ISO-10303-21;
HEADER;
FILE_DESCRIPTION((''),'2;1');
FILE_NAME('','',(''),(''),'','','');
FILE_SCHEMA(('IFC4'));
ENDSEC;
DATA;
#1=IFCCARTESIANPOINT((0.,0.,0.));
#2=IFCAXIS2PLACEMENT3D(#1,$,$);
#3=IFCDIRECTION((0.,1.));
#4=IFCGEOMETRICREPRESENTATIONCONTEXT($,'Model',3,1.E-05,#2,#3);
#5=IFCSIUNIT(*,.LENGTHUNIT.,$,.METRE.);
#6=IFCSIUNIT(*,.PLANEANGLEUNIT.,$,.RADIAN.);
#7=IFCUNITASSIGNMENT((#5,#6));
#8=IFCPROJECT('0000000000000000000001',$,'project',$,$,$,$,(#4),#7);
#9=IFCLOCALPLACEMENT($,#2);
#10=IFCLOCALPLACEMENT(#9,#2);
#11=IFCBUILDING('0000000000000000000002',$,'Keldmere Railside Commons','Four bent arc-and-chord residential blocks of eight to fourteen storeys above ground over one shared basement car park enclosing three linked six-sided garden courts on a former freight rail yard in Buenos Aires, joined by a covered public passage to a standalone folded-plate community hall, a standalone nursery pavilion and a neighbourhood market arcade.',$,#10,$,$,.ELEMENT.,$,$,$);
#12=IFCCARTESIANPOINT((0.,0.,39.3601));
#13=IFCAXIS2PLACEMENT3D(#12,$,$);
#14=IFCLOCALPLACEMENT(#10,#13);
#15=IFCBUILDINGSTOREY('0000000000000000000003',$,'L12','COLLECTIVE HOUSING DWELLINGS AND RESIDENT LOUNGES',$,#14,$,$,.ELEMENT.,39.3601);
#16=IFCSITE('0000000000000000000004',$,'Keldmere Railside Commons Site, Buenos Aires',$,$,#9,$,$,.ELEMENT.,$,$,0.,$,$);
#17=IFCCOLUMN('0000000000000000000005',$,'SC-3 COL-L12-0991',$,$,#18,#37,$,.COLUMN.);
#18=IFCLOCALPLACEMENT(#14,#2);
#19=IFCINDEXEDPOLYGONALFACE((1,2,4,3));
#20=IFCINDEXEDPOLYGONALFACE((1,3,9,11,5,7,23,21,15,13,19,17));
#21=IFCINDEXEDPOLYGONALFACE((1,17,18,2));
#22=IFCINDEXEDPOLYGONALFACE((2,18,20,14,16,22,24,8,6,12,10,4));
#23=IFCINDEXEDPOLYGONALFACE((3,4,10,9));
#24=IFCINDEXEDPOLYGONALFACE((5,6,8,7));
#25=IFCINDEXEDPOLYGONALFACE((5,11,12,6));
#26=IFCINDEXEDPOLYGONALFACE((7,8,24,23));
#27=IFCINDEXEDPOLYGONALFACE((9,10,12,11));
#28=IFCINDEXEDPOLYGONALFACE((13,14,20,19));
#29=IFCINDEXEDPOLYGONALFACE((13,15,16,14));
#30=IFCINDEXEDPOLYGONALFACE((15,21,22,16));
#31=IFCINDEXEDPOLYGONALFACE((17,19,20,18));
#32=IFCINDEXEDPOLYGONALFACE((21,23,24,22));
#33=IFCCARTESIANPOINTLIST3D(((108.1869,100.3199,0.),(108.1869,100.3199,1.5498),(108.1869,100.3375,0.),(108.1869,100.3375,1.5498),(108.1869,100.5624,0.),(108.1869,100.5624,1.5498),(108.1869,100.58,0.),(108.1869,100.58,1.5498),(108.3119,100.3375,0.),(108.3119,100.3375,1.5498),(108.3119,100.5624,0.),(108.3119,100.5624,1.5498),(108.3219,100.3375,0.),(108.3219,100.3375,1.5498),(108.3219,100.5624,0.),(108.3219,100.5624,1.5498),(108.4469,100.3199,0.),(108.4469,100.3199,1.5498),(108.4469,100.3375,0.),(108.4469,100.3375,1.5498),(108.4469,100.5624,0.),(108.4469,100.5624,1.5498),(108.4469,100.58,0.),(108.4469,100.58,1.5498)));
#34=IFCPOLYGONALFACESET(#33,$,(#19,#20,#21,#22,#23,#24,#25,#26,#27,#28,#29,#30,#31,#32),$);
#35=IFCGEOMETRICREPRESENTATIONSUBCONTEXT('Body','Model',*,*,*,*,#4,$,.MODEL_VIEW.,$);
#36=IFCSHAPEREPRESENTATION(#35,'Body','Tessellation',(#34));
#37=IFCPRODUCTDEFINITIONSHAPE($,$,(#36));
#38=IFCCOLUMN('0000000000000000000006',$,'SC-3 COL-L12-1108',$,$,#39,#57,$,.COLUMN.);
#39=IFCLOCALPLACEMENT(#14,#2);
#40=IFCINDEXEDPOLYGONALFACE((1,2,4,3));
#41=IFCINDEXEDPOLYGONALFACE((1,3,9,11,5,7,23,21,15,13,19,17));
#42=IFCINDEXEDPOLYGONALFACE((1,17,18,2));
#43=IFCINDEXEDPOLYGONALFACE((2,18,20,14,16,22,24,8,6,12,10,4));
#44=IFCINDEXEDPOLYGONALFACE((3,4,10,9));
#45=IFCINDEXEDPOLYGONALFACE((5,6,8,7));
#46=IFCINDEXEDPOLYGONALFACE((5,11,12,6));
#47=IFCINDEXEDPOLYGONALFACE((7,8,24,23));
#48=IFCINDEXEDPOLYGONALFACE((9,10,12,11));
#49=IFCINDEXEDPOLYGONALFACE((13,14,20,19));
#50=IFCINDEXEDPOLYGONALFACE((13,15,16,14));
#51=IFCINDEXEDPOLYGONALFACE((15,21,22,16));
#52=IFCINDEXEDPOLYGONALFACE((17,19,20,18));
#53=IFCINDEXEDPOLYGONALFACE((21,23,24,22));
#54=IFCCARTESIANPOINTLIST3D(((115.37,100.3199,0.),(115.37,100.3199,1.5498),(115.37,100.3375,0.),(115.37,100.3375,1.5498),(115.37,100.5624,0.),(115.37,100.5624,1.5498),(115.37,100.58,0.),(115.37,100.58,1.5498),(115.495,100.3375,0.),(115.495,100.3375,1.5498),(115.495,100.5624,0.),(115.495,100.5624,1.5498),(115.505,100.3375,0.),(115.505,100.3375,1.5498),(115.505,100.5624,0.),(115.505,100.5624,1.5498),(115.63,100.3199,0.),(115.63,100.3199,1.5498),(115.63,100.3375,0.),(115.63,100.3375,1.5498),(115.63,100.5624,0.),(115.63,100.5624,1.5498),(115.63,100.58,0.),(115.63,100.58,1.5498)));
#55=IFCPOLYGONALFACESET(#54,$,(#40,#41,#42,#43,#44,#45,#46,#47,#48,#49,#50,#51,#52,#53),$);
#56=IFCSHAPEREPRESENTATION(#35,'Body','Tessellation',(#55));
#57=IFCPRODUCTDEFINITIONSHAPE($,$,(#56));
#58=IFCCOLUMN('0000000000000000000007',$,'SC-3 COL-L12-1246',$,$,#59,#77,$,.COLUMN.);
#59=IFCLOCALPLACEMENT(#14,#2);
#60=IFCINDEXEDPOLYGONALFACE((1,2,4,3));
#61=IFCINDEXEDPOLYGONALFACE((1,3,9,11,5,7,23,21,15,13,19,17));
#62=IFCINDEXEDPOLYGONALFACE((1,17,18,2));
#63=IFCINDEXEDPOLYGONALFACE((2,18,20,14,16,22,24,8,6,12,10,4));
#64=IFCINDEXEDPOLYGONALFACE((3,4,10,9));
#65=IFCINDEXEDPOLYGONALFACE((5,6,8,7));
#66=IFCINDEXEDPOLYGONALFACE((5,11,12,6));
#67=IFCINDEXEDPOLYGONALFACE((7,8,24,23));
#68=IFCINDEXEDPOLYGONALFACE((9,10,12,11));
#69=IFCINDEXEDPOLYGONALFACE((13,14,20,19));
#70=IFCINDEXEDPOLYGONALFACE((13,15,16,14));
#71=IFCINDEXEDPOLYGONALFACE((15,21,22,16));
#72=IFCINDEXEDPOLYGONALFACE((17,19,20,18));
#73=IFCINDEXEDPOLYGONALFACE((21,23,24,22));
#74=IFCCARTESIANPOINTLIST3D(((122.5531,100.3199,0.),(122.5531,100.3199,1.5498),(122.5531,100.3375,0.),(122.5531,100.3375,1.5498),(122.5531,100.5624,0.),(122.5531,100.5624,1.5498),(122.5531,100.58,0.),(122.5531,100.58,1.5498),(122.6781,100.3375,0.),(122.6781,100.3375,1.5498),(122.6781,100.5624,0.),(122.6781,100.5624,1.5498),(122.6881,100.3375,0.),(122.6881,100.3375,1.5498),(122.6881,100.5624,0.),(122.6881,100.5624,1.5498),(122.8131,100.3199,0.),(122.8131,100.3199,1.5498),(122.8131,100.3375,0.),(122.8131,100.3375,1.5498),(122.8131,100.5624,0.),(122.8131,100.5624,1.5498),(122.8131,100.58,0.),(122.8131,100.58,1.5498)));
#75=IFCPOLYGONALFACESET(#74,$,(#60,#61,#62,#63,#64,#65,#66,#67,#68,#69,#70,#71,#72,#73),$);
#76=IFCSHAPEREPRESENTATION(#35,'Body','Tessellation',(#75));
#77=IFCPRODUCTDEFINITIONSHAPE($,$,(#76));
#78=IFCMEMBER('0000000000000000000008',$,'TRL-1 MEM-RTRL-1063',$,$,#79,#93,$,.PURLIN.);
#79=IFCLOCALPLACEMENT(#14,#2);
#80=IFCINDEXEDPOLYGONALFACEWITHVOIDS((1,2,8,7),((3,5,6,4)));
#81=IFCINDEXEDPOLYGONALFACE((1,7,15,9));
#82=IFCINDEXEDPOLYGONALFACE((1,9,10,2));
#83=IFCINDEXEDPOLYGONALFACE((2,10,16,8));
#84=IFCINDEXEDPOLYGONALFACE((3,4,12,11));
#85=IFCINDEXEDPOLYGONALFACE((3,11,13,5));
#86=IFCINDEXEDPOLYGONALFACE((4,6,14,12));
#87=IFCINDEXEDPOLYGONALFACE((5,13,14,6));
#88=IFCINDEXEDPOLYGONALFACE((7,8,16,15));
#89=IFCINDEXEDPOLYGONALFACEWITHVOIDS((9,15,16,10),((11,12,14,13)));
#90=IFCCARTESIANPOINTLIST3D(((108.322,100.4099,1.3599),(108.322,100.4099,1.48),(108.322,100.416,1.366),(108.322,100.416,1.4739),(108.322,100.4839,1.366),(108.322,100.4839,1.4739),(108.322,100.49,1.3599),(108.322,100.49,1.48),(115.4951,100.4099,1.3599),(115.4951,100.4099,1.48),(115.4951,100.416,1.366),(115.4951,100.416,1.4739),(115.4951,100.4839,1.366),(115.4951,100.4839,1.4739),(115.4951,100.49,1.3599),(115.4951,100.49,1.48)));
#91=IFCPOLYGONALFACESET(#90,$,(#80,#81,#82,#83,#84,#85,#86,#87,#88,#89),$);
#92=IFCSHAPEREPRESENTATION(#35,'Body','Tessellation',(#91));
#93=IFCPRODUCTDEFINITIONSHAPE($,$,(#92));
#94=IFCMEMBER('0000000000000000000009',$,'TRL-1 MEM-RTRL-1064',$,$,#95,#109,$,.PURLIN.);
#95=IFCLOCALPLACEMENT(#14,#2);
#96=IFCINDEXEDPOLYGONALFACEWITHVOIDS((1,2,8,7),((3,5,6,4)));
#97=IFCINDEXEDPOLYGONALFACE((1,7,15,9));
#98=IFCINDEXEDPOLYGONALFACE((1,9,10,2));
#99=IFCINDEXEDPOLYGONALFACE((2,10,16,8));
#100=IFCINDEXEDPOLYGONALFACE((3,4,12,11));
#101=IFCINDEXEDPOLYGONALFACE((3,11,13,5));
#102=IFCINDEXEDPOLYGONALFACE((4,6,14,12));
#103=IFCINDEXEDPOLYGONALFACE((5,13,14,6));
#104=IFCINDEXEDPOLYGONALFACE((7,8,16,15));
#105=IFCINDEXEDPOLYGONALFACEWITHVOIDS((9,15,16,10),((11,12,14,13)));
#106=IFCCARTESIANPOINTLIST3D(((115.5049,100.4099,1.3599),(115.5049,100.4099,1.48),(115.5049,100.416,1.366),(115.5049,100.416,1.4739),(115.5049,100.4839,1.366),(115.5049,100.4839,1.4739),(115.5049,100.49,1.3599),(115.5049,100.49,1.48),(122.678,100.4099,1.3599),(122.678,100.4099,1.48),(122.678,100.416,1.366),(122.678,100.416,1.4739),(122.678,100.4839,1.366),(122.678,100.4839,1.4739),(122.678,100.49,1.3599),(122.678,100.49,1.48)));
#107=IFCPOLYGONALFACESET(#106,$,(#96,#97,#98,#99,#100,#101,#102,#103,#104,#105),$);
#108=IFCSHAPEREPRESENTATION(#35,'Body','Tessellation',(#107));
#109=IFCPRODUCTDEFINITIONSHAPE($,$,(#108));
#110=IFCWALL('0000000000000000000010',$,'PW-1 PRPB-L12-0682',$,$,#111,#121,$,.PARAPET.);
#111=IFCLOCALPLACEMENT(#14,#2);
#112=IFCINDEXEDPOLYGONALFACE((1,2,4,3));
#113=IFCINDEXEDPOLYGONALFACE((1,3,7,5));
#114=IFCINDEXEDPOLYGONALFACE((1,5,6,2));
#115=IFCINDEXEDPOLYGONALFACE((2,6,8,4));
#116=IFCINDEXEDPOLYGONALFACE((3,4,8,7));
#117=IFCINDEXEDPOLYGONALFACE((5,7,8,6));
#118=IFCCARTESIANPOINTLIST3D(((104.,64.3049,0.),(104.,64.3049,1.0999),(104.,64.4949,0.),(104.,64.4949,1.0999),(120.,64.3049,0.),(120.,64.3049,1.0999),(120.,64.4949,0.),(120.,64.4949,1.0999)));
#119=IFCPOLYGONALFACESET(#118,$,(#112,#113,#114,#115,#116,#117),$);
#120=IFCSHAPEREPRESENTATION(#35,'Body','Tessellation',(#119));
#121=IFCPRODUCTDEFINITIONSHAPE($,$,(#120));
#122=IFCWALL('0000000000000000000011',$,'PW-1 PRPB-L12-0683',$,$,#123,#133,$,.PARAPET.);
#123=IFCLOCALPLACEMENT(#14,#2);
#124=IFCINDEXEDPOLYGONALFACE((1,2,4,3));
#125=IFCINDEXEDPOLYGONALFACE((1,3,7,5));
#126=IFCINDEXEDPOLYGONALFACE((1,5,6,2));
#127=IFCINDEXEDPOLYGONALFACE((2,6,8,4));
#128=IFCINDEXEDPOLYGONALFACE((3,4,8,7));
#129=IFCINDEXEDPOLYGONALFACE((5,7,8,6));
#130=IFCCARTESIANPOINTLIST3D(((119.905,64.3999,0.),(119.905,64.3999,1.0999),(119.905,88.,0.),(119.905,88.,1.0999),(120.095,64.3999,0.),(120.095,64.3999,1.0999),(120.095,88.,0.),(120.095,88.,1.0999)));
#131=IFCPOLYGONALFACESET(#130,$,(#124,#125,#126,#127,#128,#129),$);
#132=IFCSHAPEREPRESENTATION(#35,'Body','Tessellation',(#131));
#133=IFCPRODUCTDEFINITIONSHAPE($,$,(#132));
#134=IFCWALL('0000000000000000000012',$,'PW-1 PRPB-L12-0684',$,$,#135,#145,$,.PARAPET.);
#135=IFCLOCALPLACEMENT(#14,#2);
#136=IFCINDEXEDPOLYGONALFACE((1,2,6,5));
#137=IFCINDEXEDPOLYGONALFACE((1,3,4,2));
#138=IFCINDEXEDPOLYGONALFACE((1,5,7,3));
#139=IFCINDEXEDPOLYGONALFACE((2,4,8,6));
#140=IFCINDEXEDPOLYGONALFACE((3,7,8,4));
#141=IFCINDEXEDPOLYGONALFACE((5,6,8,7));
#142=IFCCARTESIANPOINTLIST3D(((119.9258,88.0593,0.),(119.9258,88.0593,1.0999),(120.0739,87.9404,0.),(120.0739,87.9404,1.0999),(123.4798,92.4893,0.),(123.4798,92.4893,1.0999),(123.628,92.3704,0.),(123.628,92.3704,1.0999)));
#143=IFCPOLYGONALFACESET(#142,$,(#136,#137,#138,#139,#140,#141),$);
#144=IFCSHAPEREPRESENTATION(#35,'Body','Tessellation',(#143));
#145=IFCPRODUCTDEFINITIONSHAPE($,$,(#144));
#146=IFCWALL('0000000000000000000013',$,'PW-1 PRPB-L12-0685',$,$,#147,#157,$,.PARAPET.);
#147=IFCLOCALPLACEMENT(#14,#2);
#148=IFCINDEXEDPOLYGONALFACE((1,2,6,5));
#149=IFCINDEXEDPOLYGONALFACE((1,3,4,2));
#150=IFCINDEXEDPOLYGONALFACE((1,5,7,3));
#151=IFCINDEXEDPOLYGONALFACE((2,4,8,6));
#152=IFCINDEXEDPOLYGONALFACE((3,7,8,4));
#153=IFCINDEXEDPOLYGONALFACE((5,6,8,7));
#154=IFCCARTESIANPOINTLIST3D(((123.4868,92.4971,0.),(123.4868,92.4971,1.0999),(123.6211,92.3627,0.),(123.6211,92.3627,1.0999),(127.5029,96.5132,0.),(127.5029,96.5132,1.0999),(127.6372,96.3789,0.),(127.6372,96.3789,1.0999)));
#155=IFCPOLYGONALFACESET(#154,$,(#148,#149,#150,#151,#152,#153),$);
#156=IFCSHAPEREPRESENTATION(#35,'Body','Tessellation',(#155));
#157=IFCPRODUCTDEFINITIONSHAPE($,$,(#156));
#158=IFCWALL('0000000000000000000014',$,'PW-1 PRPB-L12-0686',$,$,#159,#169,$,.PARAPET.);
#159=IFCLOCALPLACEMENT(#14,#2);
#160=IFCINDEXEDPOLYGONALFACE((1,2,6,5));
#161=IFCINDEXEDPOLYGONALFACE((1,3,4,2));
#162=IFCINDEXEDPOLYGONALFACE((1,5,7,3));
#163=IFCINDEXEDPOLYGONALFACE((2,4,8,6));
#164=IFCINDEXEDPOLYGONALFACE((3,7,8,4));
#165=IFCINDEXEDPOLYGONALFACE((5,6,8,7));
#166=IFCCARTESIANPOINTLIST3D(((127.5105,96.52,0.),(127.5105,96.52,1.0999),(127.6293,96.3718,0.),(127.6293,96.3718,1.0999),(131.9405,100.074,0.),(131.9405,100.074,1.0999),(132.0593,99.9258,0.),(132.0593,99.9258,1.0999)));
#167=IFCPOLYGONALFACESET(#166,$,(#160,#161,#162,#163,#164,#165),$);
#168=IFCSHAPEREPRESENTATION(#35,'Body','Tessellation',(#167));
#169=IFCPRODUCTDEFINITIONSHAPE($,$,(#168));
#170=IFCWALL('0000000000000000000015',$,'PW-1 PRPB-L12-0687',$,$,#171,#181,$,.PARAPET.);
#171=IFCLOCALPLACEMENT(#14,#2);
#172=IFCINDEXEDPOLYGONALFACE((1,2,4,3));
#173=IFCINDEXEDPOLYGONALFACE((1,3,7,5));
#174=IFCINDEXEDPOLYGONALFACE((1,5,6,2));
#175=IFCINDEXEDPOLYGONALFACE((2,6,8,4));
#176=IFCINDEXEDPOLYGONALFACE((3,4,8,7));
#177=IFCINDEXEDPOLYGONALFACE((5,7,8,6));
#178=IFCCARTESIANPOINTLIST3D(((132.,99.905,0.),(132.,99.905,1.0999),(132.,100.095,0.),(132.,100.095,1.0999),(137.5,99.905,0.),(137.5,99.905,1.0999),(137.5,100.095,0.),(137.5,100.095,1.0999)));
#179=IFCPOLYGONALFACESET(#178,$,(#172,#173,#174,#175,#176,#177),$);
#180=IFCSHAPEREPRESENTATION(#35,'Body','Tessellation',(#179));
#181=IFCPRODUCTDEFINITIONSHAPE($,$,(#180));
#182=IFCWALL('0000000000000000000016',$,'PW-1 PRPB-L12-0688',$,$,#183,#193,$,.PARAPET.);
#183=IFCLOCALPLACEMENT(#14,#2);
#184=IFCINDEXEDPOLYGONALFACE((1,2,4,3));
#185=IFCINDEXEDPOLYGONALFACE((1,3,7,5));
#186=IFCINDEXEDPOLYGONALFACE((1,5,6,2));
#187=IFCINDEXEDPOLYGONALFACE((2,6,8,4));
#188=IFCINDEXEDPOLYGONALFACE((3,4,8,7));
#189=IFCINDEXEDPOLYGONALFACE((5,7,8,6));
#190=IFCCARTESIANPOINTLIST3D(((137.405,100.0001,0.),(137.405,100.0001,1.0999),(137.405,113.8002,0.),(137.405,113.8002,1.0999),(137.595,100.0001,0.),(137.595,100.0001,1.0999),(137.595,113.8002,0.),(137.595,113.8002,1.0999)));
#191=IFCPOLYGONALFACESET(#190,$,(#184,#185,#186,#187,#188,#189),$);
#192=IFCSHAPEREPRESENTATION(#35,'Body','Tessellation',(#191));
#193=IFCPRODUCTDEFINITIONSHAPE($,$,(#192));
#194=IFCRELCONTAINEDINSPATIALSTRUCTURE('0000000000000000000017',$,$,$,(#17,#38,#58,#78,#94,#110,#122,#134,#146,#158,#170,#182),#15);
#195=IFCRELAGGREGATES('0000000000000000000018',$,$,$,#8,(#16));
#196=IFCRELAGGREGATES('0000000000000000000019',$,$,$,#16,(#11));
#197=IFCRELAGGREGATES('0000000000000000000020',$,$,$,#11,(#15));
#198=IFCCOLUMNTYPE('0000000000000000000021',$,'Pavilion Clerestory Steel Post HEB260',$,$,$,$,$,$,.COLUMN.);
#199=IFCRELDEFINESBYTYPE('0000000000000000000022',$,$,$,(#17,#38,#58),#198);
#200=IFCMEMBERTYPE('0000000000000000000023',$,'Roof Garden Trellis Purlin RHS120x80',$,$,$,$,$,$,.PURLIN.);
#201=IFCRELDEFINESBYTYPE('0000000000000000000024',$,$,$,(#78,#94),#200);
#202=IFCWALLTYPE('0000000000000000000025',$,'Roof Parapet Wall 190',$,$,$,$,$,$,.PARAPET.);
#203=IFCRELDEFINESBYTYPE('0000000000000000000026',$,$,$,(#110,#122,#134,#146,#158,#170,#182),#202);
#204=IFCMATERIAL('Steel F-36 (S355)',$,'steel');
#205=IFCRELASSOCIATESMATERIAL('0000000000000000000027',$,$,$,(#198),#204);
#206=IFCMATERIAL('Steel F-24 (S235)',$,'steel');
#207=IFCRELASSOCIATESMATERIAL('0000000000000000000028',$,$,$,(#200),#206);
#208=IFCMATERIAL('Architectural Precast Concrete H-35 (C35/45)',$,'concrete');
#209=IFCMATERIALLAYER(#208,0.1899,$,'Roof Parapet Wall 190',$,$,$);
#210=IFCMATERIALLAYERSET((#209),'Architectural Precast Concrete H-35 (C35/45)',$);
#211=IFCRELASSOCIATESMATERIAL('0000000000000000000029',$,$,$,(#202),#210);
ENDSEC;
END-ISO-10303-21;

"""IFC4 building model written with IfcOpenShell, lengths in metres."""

from ifc_helpers import new_model, si_unit, direction, frame, frame_2d, origin, origin_2d, place, context, subcontext, project, spatial, rectangle, hollow_rectangle, i_section, extrude, material, layer, layer_set, material_profile, profile_set, type_object, element, save


model = new_model("IFC4")

# Units and contexts
model_context = context("Model", 3, precision=1e-05, world=origin(), true_north=direction((0.0, 1.0)))
body_context = subcontext(model_context, "Body", "Model", "MODEL_VIEW")
ifc_project = project(units=[si_unit("LENGTHUNIT", "METRE"), si_unit("PLANEANGLEUNIT", "RADIAN")], contexts=[model_context])

# Site, building, storey
site_placement = place(None, origin())
site = spatial("IfcSite", under=ifc_project, at=site_placement, Name="Keldmere Railside Commons Site, Buenos Aires", CompositionType="ELEMENT", RefElevation=0.0)
building_placement = place(site_placement, origin())
building = spatial("IfcBuilding", under=site, at=building_placement, Name="Keldmere Railside Commons", Description="Four bent arc-and-chord residential blocks of eight to fourteen storeys above ground over one shared basement car park enclosing three linked six-sided garden courts on a former freight rail yard in Buenos Aires, joined by a covered public passage to a standalone folded-plate community hall, a standalone nursery pavilion and a neighbourhood market arcade.", CompositionType="ELEMENT")
storey_placement = place(building_placement, frame((0.0, 0.0, 39.3601)))
storey = spatial("IfcBuildingStorey", under=building, at=storey_placement, Name="L12", Description="COLLECTIVE HOUSING DWELLINGS AND RESIDENT LOUNGES", CompositionType="ELEMENT", Elevation=39.3601)

# Columns
ifc_material_1 = material(Name="Steel F-36 (S355)", Category="steel")
ifc_material_profile_1 = material_profile(ifc_material_1, i_section(OverallWidth=0.26, OverallDepth=0.26, WebThickness=0.01, FlangeThickness=0.0176, at=origin_2d()), Name="HEB-260")
ifc_profile_set_1 = profile_set([ifc_material_profile_1], Name="Steel F-36 (S355)")
column_type = type_object("IfcColumnType", Name="Pavilion Clerestory Steel Post HEB260", PredefinedType="COLUMN", material=ifc_profile_set_1)
for number, where, z_axis, x_axis, name in (
    (1, (108.3169, 100.45, 0.0), (0.0, 0.0, 1.0), (1.0, 0.0, 0.0), "SC-3 COL-L12-0991"),
    (2, (115.5, 100.45, 0.0), (0.0, 0.0, 1.0), (1.0, 0.0, 0.0), "SC-3 COL-L12-1108"),
    (3, (122.6831, 100.45, 0.0), (0.0, 0.0, 1.0), (1.0, 0.0, 0.0), "SC-3 COL-L12-1246"),
):
    element("IfcColumn", number, at=place(storey_placement, frame(where, z_axis=z_axis, x_axis=x_axis)), inside=storey, type_object=column_type, Name=name, PredefinedType="COLUMN", context=body_context, shape_type="SweptSolid", body=[
        extrude(i_section(OverallWidth=0.26, OverallDepth=0.26, WebThickness=0.01, FlangeThickness=0.0176, at=origin_2d()), origin(), (0.0, 0.0, 1.0), 1.5498),
    ])

# Members
ifc_material_2 = material(Name="Steel F-24 (S235)", Category="steel")
ifc_material_profile_2 = material_profile(ifc_material_2, hollow_rectangle(XDim=0.0801, YDim=0.1201, WallThickness=0.0061, at=origin_2d()), Name="RHS-120x80x6")
ifc_profile_set_2 = profile_set([ifc_material_profile_2], Name="Steel F-24 (S235)")
member_type = type_object("IfcMemberType", Name="Roof Garden Trellis Purlin RHS120x80", PredefinedType="PURLIN", material=ifc_profile_set_2)
for number, where, z_axis, x_axis, name in (
    (4, (108.322, 100.45, 1.4199), (1.0, 0.0, 0.0), (0.0, 1.0, 0.0), "TRL-1 MEM-RTRL-1063"),
    (5, (115.5049, 100.45, 1.4199), (1.0, 0.0, 0.0), (0.0, 1.0, 0.0), "TRL-1 MEM-RTRL-1064"),
):
    element("IfcMember", number, at=place(storey_placement, frame(where, z_axis=z_axis, x_axis=x_axis)), inside=storey, type_object=member_type, Name=name, PredefinedType="PURLIN", context=body_context, shape_type="SweptSolid", body=[
        extrude(hollow_rectangle(XDim=0.0801, YDim=0.1201, WallThickness=0.0061, at=origin_2d()), origin(), (0.0, 0.0, 1.0), 7.1731),
    ])

# Walls
ifc_material_3 = material(Name="Architectural Precast Concrete H-35 (C35/45)", Category="concrete")
ifc_layer = layer(ifc_material_3, 0.1899, Name="Roof Parapet Wall 190")
ifc_layer_set = layer_set([ifc_layer], Name="Architectural Precast Concrete H-35 (C35/45)")
wall_type = type_object("IfcWallType", Name="Roof Parapet Wall 190", PredefinedType="PARAPET", material=ifc_layer_set)
wall_1_placement = place(storey_placement, frame((120.0, 64.3999, 0.0), z_axis=(0.0, 0.0, 1.0), x_axis=(-1.0, 0.0, 0.0)))
element("IfcWall", 6, at=wall_1_placement, inside=storey, type_object=wall_type, Name="PW-1 PRPB-L12-0682", PredefinedType="PARAPET", context=body_context, shape_type="SweptSolid", body=[
    extrude(rectangle(XDim=16.0, YDim=0.1899, at=frame_2d((8.0, 0.0))), origin(), (0.0, 0.0, 1.0), 1.0999),
])
wall_2_placement = place(storey_placement, frame((120.0, 88.0, 0.0), z_axis=(0.0, 0.0, 1.0), x_axis=(0.0, -1.0, 0.0)))
element("IfcWall", 7, at=wall_2_placement, inside=storey, type_object=wall_type, Name="PW-1 PRPB-L12-0683", PredefinedType="PARAPET", context=body_context, shape_type="SweptSolid", body=[
    extrude(rectangle(XDim=23.6001, YDim=0.1899, at=frame_2d((11.8, 0.0))), origin(), (0.0, 0.0, 1.0), 1.0999),
])
wall_3_placement = place(storey_placement, frame((123.554, 92.4299, 0.0), z_axis=(0.0, 0.0, 1.0), x_axis=(-0.625769, -0.780008, 0.0)))
element("IfcWall", 8, at=wall_3_placement, inside=storey, type_object=wall_type, Name="PW-1 PRPB-L12-0684", PredefinedType="PARAPET", context=body_context, shape_type="SweptSolid", body=[
    extrude(rectangle(XDim=5.6794, YDim=0.1899, at=frame_2d((2.8398, 0.0))), origin(), (0.0, 0.0, 1.0), 1.0999),
])
wall_4_placement = place(storey_placement, frame((127.5701, 96.446, 0.0), z_axis=(0.0, 0.0, 1.0), x_axis=(-0.707107, -0.707107, 0.0)))
element("IfcWall", 9, at=wall_4_placement, inside=storey, type_object=wall_type, Name="PW-1 PRPB-L12-0685", PredefinedType="PARAPET", context=body_context, shape_type="SweptSolid", body=[
    extrude(rectangle(XDim=5.6797, YDim=0.1899, at=frame_2d((2.8398, 0.0))), origin(), (0.0, 0.0, 1.0), 1.0999),
])
wall_5_placement = place(storey_placement, frame((132.0, 100.0, 0.0), z_axis=(0.0, 0.0, 1.0), x_axis=(-0.780008, -0.625769, 0.0)))
element("IfcWall", 10, at=wall_5_placement, inside=storey, type_object=wall_type, Name="PW-1 PRPB-L12-0686", PredefinedType="PARAPET", context=body_context, shape_type="SweptSolid", body=[
    extrude(rectangle(XDim=5.6794, YDim=0.1899, at=frame_2d((2.8398, 0.0))), origin(), (0.0, 0.0, 1.0), 1.0999),
])
wall_6_placement = place(storey_placement, frame((137.5, 100.0, 0.0), z_axis=(0.0, 0.0, 1.0), x_axis=(-1.0, 0.0, 0.0)))
element("IfcWall", 11, at=wall_6_placement, inside=storey, type_object=wall_type, Name="PW-1 PRPB-L12-0687", PredefinedType="PARAPET", context=body_context, shape_type="SweptSolid", body=[
    extrude(rectangle(XDim=5.5, YDim=0.1899, at=frame_2d((2.75, 0.0))), origin(), (0.0, 0.0, 1.0), 1.0999),
])
wall_7_placement = place(storey_placement, frame((137.5, 113.8, 0.0), z_axis=(0.0, 0.0, 1.0), x_axis=(0.0, -1.0, 0.0)))
element("IfcWall", 12, at=wall_7_placement, inside=storey, type_object=wall_type, Name="PW-1 PRPB-L12-0688", PredefinedType="PARAPET", context=body_context, shape_type="SweptSolid", body=[
    extrude(rectangle(XDim=13.8, YDim=0.1899, at=frame_2d((6.8999, 0.0))), origin(), (0.0, 0.0, 1.0), 1.0999),
])

save(model, "model.ifc")
